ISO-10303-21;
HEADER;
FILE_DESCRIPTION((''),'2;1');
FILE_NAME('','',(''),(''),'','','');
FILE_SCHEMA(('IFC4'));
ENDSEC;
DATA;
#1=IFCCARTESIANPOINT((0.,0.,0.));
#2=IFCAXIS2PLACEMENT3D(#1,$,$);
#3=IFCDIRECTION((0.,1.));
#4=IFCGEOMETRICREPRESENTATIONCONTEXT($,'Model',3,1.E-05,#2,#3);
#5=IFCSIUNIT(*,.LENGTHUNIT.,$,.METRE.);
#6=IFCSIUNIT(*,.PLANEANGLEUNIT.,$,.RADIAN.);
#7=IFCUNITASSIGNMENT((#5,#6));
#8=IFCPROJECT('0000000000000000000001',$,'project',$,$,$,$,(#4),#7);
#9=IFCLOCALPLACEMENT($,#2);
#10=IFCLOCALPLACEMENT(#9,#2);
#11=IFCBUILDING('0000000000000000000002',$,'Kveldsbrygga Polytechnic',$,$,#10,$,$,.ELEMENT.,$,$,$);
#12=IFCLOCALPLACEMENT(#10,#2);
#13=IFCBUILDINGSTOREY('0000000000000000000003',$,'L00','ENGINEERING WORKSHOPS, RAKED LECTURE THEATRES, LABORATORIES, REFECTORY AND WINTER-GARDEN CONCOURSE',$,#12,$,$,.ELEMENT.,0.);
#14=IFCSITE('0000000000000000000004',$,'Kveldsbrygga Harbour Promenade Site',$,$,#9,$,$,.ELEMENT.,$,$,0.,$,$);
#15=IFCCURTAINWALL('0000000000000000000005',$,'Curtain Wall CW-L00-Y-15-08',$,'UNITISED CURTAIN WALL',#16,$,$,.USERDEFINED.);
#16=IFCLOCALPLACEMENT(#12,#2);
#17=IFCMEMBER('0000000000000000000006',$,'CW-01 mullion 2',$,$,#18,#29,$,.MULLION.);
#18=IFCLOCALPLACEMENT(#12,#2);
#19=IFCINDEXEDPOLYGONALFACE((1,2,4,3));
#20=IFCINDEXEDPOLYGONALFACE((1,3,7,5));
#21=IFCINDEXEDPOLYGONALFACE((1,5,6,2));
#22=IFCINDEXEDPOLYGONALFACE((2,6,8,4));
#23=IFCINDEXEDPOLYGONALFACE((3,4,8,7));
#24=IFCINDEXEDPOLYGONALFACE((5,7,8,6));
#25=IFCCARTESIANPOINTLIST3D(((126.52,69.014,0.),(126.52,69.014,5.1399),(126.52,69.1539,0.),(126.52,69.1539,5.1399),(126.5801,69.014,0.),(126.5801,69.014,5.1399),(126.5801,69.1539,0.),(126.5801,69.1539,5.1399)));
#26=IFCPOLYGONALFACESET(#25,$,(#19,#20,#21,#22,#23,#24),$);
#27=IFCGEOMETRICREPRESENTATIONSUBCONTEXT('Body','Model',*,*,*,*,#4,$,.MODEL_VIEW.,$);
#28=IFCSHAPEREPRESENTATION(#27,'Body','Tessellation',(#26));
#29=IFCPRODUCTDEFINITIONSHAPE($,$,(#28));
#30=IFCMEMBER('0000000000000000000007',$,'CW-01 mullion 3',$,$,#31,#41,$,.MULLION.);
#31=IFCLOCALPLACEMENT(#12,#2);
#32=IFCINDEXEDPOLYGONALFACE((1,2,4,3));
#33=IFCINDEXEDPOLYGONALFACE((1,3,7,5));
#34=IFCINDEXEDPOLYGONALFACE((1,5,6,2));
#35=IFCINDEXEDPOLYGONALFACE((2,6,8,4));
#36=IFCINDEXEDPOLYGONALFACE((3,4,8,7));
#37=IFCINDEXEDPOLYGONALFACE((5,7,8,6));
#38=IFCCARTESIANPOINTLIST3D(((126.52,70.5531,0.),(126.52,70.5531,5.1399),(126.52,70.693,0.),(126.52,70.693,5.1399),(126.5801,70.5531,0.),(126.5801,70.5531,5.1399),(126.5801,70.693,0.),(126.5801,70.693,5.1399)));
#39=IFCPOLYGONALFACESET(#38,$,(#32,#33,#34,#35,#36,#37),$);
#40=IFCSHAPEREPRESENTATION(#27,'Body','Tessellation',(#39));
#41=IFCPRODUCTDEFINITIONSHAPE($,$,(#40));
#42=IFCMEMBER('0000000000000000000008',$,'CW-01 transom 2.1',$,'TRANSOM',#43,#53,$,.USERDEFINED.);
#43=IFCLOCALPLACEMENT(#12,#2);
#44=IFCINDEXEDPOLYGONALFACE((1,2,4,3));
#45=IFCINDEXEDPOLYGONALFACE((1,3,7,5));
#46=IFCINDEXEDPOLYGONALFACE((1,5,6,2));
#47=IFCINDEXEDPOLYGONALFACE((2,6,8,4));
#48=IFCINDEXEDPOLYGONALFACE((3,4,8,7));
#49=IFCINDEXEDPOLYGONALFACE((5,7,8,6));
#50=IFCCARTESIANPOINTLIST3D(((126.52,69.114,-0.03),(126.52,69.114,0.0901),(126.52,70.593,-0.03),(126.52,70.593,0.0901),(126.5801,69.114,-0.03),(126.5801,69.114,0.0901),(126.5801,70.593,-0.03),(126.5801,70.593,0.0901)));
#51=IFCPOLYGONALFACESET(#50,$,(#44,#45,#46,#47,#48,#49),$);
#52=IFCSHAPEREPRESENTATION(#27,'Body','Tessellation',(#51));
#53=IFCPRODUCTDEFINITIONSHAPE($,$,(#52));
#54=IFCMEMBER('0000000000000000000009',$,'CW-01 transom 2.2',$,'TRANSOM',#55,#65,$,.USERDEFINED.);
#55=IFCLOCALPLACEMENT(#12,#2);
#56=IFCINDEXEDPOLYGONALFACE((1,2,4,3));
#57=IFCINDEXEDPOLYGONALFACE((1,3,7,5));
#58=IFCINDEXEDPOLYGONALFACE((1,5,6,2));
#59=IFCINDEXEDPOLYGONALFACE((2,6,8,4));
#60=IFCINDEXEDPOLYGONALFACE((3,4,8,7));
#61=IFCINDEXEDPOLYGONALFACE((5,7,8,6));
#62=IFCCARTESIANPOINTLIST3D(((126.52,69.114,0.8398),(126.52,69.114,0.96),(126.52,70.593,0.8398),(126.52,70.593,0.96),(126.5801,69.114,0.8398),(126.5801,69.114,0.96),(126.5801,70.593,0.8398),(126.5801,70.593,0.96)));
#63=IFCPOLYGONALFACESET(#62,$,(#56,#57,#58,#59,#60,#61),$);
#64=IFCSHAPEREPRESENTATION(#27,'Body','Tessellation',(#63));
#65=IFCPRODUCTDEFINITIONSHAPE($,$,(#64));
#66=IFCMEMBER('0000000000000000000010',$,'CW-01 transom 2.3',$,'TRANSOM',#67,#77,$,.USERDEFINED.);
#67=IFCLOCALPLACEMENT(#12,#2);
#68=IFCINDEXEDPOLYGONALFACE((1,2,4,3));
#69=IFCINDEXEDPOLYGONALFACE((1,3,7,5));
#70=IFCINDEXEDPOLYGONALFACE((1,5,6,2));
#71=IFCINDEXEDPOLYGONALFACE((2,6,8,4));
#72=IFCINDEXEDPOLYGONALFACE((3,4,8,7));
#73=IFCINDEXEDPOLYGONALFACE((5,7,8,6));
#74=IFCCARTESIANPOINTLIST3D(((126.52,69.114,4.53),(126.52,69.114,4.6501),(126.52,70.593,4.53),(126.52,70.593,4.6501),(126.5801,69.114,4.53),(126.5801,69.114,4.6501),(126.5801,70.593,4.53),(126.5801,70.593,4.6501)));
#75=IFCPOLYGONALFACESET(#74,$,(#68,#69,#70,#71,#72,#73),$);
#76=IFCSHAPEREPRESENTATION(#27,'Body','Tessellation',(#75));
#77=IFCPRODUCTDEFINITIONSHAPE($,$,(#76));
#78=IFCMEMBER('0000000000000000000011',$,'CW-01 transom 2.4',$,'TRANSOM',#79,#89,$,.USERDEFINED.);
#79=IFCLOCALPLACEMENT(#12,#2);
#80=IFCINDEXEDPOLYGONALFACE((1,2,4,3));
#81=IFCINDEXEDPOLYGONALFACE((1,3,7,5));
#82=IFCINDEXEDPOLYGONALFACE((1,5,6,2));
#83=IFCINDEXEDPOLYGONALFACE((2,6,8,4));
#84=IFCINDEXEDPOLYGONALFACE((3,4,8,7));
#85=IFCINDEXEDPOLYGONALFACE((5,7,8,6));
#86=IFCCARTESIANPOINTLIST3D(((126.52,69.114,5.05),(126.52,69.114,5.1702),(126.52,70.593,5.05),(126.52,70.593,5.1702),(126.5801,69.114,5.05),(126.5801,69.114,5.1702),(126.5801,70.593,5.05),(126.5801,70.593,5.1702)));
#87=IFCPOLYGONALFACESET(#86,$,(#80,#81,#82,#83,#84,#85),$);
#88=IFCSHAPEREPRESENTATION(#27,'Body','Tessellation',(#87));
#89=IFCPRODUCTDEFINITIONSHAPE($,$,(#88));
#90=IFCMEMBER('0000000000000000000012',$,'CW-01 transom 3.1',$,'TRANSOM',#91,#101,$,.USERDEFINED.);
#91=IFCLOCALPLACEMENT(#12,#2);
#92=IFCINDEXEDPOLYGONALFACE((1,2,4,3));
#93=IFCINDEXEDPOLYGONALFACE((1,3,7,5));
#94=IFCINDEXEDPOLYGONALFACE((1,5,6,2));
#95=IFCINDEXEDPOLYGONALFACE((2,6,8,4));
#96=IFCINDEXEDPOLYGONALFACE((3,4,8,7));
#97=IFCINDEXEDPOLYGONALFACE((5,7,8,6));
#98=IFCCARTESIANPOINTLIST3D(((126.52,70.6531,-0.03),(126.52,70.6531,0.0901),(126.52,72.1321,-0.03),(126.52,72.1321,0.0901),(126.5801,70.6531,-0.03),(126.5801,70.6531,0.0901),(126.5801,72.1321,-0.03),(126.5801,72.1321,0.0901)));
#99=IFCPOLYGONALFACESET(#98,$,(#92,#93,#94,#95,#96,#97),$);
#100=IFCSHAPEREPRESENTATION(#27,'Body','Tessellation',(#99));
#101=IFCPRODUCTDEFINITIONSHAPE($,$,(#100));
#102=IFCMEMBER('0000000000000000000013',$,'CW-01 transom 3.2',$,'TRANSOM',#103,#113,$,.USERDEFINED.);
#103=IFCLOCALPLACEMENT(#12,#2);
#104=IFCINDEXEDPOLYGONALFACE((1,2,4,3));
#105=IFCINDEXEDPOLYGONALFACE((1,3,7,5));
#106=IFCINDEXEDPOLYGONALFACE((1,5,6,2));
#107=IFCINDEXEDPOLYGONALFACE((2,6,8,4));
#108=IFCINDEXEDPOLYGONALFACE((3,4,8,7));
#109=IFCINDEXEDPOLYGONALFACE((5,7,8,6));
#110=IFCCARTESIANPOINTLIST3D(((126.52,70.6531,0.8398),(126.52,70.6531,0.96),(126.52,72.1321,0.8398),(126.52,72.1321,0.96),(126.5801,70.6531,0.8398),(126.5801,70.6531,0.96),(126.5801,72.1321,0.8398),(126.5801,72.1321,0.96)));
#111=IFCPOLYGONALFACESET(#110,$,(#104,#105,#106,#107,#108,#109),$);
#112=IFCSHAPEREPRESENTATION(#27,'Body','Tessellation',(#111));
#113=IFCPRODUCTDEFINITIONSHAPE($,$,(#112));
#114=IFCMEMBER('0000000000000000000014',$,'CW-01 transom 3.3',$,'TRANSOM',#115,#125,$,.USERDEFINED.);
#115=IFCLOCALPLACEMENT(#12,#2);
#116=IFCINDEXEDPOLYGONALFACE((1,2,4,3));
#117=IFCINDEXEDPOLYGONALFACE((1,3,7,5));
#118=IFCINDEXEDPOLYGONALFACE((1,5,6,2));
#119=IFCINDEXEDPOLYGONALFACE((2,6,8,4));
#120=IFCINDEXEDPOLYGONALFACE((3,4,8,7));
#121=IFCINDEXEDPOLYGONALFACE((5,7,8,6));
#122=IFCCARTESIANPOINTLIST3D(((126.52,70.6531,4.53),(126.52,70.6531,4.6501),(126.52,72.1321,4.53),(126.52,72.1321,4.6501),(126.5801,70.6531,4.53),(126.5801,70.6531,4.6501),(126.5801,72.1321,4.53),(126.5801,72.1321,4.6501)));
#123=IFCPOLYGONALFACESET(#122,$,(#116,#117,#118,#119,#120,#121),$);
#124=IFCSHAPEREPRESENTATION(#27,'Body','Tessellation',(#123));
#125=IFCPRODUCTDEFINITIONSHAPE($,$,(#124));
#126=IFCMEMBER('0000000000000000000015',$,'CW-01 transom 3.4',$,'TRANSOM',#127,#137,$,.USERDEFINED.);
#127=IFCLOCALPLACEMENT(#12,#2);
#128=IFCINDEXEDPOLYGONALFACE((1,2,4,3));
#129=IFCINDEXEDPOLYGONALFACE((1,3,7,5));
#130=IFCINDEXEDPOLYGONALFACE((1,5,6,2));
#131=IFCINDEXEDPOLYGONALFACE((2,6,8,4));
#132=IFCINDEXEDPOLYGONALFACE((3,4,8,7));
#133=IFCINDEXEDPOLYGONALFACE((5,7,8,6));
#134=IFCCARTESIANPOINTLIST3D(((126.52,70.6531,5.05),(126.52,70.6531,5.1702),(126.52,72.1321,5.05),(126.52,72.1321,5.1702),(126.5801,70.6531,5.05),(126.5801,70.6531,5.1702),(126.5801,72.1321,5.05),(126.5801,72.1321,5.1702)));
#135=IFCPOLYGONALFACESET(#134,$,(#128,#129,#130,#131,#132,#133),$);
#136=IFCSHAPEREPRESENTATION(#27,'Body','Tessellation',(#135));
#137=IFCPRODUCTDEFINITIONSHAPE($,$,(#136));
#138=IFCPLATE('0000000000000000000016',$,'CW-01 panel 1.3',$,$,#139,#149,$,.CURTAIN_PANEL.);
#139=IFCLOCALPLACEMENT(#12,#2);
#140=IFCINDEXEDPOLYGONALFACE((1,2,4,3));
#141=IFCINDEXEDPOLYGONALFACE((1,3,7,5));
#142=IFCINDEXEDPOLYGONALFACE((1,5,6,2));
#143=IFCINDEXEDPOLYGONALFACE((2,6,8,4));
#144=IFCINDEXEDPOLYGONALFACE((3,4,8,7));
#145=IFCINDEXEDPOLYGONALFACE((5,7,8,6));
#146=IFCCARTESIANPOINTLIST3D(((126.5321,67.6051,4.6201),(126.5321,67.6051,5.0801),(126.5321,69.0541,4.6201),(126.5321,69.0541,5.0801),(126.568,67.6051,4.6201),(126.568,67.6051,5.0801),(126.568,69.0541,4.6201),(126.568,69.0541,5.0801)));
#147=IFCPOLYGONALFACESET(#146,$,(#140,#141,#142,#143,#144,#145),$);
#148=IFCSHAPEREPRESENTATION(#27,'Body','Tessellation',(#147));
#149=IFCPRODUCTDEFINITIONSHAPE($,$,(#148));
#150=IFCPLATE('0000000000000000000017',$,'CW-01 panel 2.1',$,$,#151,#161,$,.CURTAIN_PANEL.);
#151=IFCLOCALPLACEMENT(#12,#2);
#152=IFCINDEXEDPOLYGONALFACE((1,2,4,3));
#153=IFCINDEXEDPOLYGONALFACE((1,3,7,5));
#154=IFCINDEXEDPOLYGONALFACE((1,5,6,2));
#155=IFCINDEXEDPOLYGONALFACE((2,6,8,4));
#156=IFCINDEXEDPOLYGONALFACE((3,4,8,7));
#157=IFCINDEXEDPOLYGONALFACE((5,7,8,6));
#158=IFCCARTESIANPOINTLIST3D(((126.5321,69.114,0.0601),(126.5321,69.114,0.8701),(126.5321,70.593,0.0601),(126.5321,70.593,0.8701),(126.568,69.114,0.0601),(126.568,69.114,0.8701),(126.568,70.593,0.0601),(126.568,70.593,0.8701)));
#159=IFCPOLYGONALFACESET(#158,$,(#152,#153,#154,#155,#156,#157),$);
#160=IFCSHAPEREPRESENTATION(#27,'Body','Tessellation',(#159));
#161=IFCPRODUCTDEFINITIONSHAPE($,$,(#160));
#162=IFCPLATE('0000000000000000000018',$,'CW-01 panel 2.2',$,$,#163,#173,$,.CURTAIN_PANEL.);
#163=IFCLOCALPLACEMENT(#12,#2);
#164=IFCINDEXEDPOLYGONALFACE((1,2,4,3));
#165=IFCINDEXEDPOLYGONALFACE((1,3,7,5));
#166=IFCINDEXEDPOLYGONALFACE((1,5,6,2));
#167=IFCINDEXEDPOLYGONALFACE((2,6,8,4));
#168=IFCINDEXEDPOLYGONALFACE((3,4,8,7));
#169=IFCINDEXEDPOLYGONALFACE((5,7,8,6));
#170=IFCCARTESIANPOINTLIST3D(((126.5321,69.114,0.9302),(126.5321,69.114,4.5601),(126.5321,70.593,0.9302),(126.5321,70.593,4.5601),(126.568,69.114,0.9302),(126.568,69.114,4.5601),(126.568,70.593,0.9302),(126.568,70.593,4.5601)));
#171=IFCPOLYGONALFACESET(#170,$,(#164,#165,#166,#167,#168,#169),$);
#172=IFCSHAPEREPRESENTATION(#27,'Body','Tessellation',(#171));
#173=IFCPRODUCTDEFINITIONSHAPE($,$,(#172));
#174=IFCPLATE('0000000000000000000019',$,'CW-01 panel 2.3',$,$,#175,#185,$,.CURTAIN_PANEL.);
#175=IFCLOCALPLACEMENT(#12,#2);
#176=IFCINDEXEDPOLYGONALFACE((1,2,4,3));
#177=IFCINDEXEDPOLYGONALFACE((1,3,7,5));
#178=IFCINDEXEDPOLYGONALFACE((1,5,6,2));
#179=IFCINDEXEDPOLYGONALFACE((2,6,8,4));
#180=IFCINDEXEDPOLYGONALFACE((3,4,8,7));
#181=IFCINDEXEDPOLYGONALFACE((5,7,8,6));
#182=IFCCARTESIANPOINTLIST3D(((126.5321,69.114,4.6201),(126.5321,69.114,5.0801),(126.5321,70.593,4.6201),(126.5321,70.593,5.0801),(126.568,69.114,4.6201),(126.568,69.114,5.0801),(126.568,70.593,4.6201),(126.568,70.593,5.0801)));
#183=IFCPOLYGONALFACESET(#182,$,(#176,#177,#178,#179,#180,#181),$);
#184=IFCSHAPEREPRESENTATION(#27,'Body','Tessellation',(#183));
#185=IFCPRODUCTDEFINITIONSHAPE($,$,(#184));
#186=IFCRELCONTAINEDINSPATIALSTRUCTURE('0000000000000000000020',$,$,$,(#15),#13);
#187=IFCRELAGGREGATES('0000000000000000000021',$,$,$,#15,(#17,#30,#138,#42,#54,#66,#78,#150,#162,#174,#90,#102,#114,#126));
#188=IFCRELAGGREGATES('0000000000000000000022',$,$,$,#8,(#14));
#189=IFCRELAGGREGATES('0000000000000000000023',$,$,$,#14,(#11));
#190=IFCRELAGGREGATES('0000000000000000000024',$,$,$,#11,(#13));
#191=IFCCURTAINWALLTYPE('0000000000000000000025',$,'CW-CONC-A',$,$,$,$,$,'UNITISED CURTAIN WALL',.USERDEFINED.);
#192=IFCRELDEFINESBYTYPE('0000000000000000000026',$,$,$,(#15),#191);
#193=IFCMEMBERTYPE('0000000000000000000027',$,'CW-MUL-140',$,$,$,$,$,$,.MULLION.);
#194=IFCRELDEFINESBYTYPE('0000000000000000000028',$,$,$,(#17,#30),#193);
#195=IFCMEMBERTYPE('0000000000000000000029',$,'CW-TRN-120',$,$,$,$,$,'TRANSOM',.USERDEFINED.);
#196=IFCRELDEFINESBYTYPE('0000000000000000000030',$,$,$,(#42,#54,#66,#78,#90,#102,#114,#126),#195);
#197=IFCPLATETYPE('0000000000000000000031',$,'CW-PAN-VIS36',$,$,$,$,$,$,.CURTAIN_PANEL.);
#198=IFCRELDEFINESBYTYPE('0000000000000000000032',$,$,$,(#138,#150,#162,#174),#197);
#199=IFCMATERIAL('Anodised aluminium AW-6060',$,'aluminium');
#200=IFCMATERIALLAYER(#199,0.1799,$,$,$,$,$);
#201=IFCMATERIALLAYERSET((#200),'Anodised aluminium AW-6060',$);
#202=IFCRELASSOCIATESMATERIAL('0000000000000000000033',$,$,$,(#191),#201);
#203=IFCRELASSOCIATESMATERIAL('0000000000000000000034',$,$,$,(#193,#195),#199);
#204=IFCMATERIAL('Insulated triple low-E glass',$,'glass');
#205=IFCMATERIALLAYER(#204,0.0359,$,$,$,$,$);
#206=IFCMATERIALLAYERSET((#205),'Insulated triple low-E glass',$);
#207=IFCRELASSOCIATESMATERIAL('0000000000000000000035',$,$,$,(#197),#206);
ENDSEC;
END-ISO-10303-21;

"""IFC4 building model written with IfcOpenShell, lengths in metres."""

from ifc_helpers import new_model, si_unit, direction, frame, origin, origin_2d, place, context, subcontext, project, spatial, rectangle, extrude, material, layer, layer_set, material_profile, profile_set, type_object, element, aggregate, save


model = new_model("IFC4")

# Units and contexts
model_context = context("Model", 3, precision=1e-05, world=origin(), true_north=direction((0.0, 1.0)))
body_context = subcontext(model_context, "Body", "Model", "MODEL_VIEW")
ifc_project = project(units=[si_unit("LENGTHUNIT", "METRE"), si_unit("PLANEANGLEUNIT", "RADIAN")], contexts=[model_context])

# Site, building, storey
site_placement = place(None, origin())
site = spatial("IfcSite", under=ifc_project, at=site_placement, Name="Kveldsbrygga Harbour Promenade Site", CompositionType="ELEMENT", RefElevation=0.0)
building_placement = place(site_placement, origin())
building = spatial("IfcBuilding", under=site, at=building_placement, Name="Kveldsbrygga Polytechnic", CompositionType="ELEMENT")
storey_placement = place(building_placement, origin())
storey = spatial("IfcBuildingStorey", under=building, at=storey_placement, Name="L00", Description="ENGINEERING WORKSHOPS, RAKED LECTURE THEATRES, LABORATORIES, REFECTORY AND WINTER-GARDEN CONCOURSE", CompositionType="ELEMENT", Elevation=0.0)

# Curtain wall, members, plates
ifc_material_1 = material(Name="Anodised aluminium AW-6060", Category="aluminium")
ifc_layer_1 = layer(ifc_material_1, 0.1799)
ifc_layer_set_1 = layer_set([ifc_layer_1], Name="Anodised aluminium AW-6060")
curtain_wall_type = type_object("IfcCurtainWallType", Name="CW-CONC-A", ElementType="UNITISED CURTAIN WALL", PredefinedType="USERDEFINED", material=ifc_layer_set_1)
curtain_wall_placement = place(storey_placement, origin())
curtain_wall = element("IfcCurtainWall", 1, at=curtain_wall_placement, inside=storey, type_object=curtain_wall_type, Name="Curtain Wall CW-L00-Y-15-08", ObjectType="UNITISED CURTAIN WALL", PredefinedType="USERDEFINED")
ifc_material_profile_1 = material_profile(ifc_material_1, rectangle(XDim=0.0601, YDim=0.1399, at=origin_2d()), Name="ALU 60x140")
ifc_profile_set_1 = profile_set([ifc_material_profile_1], Name="Anodised aluminium AW-6060")
member_type_1 = type_object("IfcMemberType", Name="CW-MUL-140", PredefinedType="MULLION", material=ifc_profile_set_1)
member_1_placement = place(storey_placement, frame((126.55, 69.084, 0.0), z_axis=(0.0, 0.0, 1.0), x_axis=(-1.0, 0.0, 0.0)))
member_1 = element("IfcMember", 2, at=member_1_placement, type_object=member_type_1, Name="CW-01 mullion 2", PredefinedType="MULLION", context=body_context, shape_type="SweptSolid", body=[
    extrude(rectangle(XDim=0.0601, YDim=0.1399, at=origin_2d()), origin(), (0.0, 0.0, 1.0), 5.1399),
])
member_2_placement = place(storey_placement, frame((126.55, 70.623, 0.0), z_axis=(0.0, 0.0, 1.0), x_axis=(-1.0, 0.0, 0.0)))
member_2 = element("IfcMember", 3, at=member_2_placement, type_object=member_type_1, Name="CW-01 mullion 3", PredefinedType="MULLION", context=body_context, shape_type="SweptSolid", body=[
    extrude(rectangle(XDim=0.0601, YDim=0.1399, at=origin_2d()), origin(), (0.0, 0.0, 1.0), 5.1399),
])
ifc_material_profile_2 = material_profile(ifc_material_1, rectangle(XDim=0.0601, YDim=0.1201, at=origin_2d()), Name="ALU 60x120")
ifc_profile_set_2 = profile_set([ifc_material_profile_2], Name="Anodised aluminium AW-6060")
member_type_2 = type_object("IfcMemberType", Name="CW-TRN-120", ElementType="TRANSOM", PredefinedType="USERDEFINED", material=ifc_profile_set_2)
member_3_placement = place(storey_placement, frame((126.55, 69.114, 0.03), z_axis=(0.0, 1.0, 0.0), x_axis=(-1.0, 0.0, 0.0)))
member_3 = element("IfcMember", 4, at=member_3_placement, type_object=member_type_2, Name="CW-01 transom 2.1", ObjectType="TRANSOM", PredefinedType="USERDEFINED", context=body_context, shape_type="SweptSolid", body=[
    extrude(rectangle(XDim=0.0601, YDim=0.1201, at=origin_2d()), origin(), (0.0, 0.0, 1.0), 1.479),
])
member_4_placement = place(storey_placement, frame((126.55, 69.114, 0.8999), z_axis=(0.0, 1.0, 0.0), x_axis=(-1.0, 0.0, 0.0)))
member_4 = element("IfcMember", 5, at=member_4_placement, type_object=member_type_2, Name="CW-01 transom 2.2", ObjectType="TRANSOM", PredefinedType="USERDEFINED", context=body_context, shape_type="SweptSolid", body=[
    extrude(rectangle(XDim=0.0601, YDim=0.1201, at=origin_2d()), origin(), (0.0, 0.0, 1.0), 1.479),
])
member_5_placement = place(storey_placement, frame((126.55, 69.114, 4.5901), z_axis=(0.0, 1.0, 0.0), x_axis=(-1.0, 0.0, 0.0)))
member_5 = element("IfcMember", 6, at=member_5_placement, type_object=member_type_2, Name="CW-01 transom 2.3", ObjectType="TRANSOM", PredefinedType="USERDEFINED", context=body_context, shape_type="SweptSolid", body=[
    extrude(rectangle(XDim=0.0601, YDim=0.1201, at=origin_2d()), origin(), (0.0, 0.0, 1.0), 1.479),
])
member_6_placement = place(storey_placement, frame((126.55, 69.114, 5.1101), z_axis=(0.0, 1.0, 0.0), x_axis=(-1.0, 0.0, 0.0)))
member_6 = element("IfcMember", 7, at=member_6_placement, type_object=member_type_2, Name="CW-01 transom 2.4", ObjectType="TRANSOM", PredefinedType="USERDEFINED", context=body_context, shape_type="SweptSolid", body=[
    extrude(rectangle(XDim=0.0601, YDim=0.1201, at=origin_2d()), origin(), (0.0, 0.0, 1.0), 1.479),
])
member_7_placement = place(storey_placement, frame((126.55, 70.6531, 0.03), z_axis=(0.0, 1.0, 0.0), x_axis=(-1.0, 0.0, 0.0)))
member_7 = element("IfcMember", 8, at=member_7_placement, type_object=member_type_2, Name="CW-01 transom 3.1", ObjectType="TRANSOM", PredefinedType="USERDEFINED", context=body_context, shape_type="SweptSolid", body=[
    extrude(rectangle(XDim=0.0601, YDim=0.1201, at=origin_2d()), origin(), (0.0, 0.0, 1.0), 1.479),
])
member_8_placement = place(storey_placement, frame((126.55, 70.6531, 0.8999), z_axis=(0.0, 1.0, 0.0), x_axis=(-1.0, 0.0, 0.0)))
member_8 = element("IfcMember", 9, at=member_8_placement, type_object=member_type_2, Name="CW-01 transom 3.2", ObjectType="TRANSOM", PredefinedType="USERDEFINED", context=body_context, shape_type="SweptSolid", body=[
    extrude(rectangle(XDim=0.0601, YDim=0.1201, at=origin_2d()), origin(), (0.0, 0.0, 1.0), 1.479),
])
member_9_placement = place(storey_placement, frame((126.55, 70.6531, 4.5901), z_axis=(0.0, 1.0, 0.0), x_axis=(-1.0, 0.0, 0.0)))
member_9 = element("IfcMember", 10, at=member_9_placement, type_object=member_type_2, Name="CW-01 transom 3.3", ObjectType="TRANSOM", PredefinedType="USERDEFINED", context=body_context, shape_type="SweptSolid", body=[
    extrude(rectangle(XDim=0.0601, YDim=0.1201, at=origin_2d()), origin(), (0.0, 0.0, 1.0), 1.479),
])
member_10_placement = place(storey_placement, frame((126.55, 70.6531, 5.1101), z_axis=(0.0, 1.0, 0.0), x_axis=(-1.0, 0.0, 0.0)))
member_10 = element("IfcMember", 11, at=member_10_placement, type_object=member_type_2, Name="CW-01 transom 3.4", ObjectType="TRANSOM", PredefinedType="USERDEFINED", context=body_context, shape_type="SweptSolid", body=[
    extrude(rectangle(XDim=0.0601, YDim=0.1201, at=origin_2d()), origin(), (0.0, 0.0, 1.0), 1.479),
])
ifc_material_2 = material(Name="Insulated triple low-E glass", Category="glass")
ifc_layer_2 = layer(ifc_material_2, 0.0359)
ifc_layer_set_2 = layer_set([ifc_layer_2], Name="Insulated triple low-E glass")
plate_type = type_object("IfcPlateType", Name="CW-PAN-VIS36", PredefinedType="CURTAIN_PANEL", material=ifc_layer_set_2)
plate_1_placement = place(storey_placement, frame((126.55, 68.3296, 4.6201), z_axis=(0.0, 0.0, 1.0), x_axis=(0.0, 1.0, 0.0)))
plate_1 = element("IfcPlate", 12, at=plate_1_placement, type_object=plate_type, Name="CW-01 panel 1.3", PredefinedType="CURTAIN_PANEL", context=body_context, shape_type="SweptSolid", body=[
    extrude(rectangle(XDim=1.449, YDim=0.0359, at=origin_2d()), origin(), (0.0, 0.0, 1.0), 0.46),
])
plate_2_placement = place(storey_placement, frame((126.55, 69.8535, 0.0601), z_axis=(0.0, 0.0, 1.0), x_axis=(0.0, 1.0, 0.0)))
plate_2 = element("IfcPlate", 13, at=plate_2_placement, type_object=plate_type, Name="CW-01 panel 2.1", PredefinedType="CURTAIN_PANEL", context=body_context, shape_type="SweptSolid", body=[
    extrude(rectangle(XDim=1.479, YDim=0.0359, at=origin_2d()), origin(), (0.0, 0.0, 1.0), 0.8101),
])
plate_3_placement = place(storey_placement, frame((126.55, 69.8535, 0.9302), z_axis=(0.0, 0.0, 1.0), x_axis=(0.0, 1.0, 0.0)))
plate_3 = element("IfcPlate", 14, at=plate_3_placement, type_object=plate_type, Name="CW-01 panel 2.2", PredefinedType="CURTAIN_PANEL", context=body_context, shape_type="SweptSolid", body=[
    extrude(rectangle(XDim=1.479, YDim=0.0359, at=origin_2d()), origin(), (0.0, 0.0, 1.0), 3.6299),
])
plate_4_placement = place(storey_placement, frame((126.55, 69.8535, 4.6201), z_axis=(0.0, 0.0, 1.0), x_axis=(0.0, 1.0, 0.0)))
plate_4 = element("IfcPlate", 15, at=plate_4_placement, type_object=plate_type, Name="CW-01 panel 2.3", PredefinedType="CURTAIN_PANEL", context=body_context, shape_type="SweptSolid", body=[
    extrude(rectangle(XDim=1.479, YDim=0.0359, at=origin_2d()), origin(), (0.0, 0.0, 1.0), 0.46),
])
aggregate(curtain_wall, [member_1, member_2, plate_1, member_3, member_4, member_5, member_6, plate_2, plate_3, plate_4, member_7, member_8, member_9, member_10])

save(model, "model.ifc")
